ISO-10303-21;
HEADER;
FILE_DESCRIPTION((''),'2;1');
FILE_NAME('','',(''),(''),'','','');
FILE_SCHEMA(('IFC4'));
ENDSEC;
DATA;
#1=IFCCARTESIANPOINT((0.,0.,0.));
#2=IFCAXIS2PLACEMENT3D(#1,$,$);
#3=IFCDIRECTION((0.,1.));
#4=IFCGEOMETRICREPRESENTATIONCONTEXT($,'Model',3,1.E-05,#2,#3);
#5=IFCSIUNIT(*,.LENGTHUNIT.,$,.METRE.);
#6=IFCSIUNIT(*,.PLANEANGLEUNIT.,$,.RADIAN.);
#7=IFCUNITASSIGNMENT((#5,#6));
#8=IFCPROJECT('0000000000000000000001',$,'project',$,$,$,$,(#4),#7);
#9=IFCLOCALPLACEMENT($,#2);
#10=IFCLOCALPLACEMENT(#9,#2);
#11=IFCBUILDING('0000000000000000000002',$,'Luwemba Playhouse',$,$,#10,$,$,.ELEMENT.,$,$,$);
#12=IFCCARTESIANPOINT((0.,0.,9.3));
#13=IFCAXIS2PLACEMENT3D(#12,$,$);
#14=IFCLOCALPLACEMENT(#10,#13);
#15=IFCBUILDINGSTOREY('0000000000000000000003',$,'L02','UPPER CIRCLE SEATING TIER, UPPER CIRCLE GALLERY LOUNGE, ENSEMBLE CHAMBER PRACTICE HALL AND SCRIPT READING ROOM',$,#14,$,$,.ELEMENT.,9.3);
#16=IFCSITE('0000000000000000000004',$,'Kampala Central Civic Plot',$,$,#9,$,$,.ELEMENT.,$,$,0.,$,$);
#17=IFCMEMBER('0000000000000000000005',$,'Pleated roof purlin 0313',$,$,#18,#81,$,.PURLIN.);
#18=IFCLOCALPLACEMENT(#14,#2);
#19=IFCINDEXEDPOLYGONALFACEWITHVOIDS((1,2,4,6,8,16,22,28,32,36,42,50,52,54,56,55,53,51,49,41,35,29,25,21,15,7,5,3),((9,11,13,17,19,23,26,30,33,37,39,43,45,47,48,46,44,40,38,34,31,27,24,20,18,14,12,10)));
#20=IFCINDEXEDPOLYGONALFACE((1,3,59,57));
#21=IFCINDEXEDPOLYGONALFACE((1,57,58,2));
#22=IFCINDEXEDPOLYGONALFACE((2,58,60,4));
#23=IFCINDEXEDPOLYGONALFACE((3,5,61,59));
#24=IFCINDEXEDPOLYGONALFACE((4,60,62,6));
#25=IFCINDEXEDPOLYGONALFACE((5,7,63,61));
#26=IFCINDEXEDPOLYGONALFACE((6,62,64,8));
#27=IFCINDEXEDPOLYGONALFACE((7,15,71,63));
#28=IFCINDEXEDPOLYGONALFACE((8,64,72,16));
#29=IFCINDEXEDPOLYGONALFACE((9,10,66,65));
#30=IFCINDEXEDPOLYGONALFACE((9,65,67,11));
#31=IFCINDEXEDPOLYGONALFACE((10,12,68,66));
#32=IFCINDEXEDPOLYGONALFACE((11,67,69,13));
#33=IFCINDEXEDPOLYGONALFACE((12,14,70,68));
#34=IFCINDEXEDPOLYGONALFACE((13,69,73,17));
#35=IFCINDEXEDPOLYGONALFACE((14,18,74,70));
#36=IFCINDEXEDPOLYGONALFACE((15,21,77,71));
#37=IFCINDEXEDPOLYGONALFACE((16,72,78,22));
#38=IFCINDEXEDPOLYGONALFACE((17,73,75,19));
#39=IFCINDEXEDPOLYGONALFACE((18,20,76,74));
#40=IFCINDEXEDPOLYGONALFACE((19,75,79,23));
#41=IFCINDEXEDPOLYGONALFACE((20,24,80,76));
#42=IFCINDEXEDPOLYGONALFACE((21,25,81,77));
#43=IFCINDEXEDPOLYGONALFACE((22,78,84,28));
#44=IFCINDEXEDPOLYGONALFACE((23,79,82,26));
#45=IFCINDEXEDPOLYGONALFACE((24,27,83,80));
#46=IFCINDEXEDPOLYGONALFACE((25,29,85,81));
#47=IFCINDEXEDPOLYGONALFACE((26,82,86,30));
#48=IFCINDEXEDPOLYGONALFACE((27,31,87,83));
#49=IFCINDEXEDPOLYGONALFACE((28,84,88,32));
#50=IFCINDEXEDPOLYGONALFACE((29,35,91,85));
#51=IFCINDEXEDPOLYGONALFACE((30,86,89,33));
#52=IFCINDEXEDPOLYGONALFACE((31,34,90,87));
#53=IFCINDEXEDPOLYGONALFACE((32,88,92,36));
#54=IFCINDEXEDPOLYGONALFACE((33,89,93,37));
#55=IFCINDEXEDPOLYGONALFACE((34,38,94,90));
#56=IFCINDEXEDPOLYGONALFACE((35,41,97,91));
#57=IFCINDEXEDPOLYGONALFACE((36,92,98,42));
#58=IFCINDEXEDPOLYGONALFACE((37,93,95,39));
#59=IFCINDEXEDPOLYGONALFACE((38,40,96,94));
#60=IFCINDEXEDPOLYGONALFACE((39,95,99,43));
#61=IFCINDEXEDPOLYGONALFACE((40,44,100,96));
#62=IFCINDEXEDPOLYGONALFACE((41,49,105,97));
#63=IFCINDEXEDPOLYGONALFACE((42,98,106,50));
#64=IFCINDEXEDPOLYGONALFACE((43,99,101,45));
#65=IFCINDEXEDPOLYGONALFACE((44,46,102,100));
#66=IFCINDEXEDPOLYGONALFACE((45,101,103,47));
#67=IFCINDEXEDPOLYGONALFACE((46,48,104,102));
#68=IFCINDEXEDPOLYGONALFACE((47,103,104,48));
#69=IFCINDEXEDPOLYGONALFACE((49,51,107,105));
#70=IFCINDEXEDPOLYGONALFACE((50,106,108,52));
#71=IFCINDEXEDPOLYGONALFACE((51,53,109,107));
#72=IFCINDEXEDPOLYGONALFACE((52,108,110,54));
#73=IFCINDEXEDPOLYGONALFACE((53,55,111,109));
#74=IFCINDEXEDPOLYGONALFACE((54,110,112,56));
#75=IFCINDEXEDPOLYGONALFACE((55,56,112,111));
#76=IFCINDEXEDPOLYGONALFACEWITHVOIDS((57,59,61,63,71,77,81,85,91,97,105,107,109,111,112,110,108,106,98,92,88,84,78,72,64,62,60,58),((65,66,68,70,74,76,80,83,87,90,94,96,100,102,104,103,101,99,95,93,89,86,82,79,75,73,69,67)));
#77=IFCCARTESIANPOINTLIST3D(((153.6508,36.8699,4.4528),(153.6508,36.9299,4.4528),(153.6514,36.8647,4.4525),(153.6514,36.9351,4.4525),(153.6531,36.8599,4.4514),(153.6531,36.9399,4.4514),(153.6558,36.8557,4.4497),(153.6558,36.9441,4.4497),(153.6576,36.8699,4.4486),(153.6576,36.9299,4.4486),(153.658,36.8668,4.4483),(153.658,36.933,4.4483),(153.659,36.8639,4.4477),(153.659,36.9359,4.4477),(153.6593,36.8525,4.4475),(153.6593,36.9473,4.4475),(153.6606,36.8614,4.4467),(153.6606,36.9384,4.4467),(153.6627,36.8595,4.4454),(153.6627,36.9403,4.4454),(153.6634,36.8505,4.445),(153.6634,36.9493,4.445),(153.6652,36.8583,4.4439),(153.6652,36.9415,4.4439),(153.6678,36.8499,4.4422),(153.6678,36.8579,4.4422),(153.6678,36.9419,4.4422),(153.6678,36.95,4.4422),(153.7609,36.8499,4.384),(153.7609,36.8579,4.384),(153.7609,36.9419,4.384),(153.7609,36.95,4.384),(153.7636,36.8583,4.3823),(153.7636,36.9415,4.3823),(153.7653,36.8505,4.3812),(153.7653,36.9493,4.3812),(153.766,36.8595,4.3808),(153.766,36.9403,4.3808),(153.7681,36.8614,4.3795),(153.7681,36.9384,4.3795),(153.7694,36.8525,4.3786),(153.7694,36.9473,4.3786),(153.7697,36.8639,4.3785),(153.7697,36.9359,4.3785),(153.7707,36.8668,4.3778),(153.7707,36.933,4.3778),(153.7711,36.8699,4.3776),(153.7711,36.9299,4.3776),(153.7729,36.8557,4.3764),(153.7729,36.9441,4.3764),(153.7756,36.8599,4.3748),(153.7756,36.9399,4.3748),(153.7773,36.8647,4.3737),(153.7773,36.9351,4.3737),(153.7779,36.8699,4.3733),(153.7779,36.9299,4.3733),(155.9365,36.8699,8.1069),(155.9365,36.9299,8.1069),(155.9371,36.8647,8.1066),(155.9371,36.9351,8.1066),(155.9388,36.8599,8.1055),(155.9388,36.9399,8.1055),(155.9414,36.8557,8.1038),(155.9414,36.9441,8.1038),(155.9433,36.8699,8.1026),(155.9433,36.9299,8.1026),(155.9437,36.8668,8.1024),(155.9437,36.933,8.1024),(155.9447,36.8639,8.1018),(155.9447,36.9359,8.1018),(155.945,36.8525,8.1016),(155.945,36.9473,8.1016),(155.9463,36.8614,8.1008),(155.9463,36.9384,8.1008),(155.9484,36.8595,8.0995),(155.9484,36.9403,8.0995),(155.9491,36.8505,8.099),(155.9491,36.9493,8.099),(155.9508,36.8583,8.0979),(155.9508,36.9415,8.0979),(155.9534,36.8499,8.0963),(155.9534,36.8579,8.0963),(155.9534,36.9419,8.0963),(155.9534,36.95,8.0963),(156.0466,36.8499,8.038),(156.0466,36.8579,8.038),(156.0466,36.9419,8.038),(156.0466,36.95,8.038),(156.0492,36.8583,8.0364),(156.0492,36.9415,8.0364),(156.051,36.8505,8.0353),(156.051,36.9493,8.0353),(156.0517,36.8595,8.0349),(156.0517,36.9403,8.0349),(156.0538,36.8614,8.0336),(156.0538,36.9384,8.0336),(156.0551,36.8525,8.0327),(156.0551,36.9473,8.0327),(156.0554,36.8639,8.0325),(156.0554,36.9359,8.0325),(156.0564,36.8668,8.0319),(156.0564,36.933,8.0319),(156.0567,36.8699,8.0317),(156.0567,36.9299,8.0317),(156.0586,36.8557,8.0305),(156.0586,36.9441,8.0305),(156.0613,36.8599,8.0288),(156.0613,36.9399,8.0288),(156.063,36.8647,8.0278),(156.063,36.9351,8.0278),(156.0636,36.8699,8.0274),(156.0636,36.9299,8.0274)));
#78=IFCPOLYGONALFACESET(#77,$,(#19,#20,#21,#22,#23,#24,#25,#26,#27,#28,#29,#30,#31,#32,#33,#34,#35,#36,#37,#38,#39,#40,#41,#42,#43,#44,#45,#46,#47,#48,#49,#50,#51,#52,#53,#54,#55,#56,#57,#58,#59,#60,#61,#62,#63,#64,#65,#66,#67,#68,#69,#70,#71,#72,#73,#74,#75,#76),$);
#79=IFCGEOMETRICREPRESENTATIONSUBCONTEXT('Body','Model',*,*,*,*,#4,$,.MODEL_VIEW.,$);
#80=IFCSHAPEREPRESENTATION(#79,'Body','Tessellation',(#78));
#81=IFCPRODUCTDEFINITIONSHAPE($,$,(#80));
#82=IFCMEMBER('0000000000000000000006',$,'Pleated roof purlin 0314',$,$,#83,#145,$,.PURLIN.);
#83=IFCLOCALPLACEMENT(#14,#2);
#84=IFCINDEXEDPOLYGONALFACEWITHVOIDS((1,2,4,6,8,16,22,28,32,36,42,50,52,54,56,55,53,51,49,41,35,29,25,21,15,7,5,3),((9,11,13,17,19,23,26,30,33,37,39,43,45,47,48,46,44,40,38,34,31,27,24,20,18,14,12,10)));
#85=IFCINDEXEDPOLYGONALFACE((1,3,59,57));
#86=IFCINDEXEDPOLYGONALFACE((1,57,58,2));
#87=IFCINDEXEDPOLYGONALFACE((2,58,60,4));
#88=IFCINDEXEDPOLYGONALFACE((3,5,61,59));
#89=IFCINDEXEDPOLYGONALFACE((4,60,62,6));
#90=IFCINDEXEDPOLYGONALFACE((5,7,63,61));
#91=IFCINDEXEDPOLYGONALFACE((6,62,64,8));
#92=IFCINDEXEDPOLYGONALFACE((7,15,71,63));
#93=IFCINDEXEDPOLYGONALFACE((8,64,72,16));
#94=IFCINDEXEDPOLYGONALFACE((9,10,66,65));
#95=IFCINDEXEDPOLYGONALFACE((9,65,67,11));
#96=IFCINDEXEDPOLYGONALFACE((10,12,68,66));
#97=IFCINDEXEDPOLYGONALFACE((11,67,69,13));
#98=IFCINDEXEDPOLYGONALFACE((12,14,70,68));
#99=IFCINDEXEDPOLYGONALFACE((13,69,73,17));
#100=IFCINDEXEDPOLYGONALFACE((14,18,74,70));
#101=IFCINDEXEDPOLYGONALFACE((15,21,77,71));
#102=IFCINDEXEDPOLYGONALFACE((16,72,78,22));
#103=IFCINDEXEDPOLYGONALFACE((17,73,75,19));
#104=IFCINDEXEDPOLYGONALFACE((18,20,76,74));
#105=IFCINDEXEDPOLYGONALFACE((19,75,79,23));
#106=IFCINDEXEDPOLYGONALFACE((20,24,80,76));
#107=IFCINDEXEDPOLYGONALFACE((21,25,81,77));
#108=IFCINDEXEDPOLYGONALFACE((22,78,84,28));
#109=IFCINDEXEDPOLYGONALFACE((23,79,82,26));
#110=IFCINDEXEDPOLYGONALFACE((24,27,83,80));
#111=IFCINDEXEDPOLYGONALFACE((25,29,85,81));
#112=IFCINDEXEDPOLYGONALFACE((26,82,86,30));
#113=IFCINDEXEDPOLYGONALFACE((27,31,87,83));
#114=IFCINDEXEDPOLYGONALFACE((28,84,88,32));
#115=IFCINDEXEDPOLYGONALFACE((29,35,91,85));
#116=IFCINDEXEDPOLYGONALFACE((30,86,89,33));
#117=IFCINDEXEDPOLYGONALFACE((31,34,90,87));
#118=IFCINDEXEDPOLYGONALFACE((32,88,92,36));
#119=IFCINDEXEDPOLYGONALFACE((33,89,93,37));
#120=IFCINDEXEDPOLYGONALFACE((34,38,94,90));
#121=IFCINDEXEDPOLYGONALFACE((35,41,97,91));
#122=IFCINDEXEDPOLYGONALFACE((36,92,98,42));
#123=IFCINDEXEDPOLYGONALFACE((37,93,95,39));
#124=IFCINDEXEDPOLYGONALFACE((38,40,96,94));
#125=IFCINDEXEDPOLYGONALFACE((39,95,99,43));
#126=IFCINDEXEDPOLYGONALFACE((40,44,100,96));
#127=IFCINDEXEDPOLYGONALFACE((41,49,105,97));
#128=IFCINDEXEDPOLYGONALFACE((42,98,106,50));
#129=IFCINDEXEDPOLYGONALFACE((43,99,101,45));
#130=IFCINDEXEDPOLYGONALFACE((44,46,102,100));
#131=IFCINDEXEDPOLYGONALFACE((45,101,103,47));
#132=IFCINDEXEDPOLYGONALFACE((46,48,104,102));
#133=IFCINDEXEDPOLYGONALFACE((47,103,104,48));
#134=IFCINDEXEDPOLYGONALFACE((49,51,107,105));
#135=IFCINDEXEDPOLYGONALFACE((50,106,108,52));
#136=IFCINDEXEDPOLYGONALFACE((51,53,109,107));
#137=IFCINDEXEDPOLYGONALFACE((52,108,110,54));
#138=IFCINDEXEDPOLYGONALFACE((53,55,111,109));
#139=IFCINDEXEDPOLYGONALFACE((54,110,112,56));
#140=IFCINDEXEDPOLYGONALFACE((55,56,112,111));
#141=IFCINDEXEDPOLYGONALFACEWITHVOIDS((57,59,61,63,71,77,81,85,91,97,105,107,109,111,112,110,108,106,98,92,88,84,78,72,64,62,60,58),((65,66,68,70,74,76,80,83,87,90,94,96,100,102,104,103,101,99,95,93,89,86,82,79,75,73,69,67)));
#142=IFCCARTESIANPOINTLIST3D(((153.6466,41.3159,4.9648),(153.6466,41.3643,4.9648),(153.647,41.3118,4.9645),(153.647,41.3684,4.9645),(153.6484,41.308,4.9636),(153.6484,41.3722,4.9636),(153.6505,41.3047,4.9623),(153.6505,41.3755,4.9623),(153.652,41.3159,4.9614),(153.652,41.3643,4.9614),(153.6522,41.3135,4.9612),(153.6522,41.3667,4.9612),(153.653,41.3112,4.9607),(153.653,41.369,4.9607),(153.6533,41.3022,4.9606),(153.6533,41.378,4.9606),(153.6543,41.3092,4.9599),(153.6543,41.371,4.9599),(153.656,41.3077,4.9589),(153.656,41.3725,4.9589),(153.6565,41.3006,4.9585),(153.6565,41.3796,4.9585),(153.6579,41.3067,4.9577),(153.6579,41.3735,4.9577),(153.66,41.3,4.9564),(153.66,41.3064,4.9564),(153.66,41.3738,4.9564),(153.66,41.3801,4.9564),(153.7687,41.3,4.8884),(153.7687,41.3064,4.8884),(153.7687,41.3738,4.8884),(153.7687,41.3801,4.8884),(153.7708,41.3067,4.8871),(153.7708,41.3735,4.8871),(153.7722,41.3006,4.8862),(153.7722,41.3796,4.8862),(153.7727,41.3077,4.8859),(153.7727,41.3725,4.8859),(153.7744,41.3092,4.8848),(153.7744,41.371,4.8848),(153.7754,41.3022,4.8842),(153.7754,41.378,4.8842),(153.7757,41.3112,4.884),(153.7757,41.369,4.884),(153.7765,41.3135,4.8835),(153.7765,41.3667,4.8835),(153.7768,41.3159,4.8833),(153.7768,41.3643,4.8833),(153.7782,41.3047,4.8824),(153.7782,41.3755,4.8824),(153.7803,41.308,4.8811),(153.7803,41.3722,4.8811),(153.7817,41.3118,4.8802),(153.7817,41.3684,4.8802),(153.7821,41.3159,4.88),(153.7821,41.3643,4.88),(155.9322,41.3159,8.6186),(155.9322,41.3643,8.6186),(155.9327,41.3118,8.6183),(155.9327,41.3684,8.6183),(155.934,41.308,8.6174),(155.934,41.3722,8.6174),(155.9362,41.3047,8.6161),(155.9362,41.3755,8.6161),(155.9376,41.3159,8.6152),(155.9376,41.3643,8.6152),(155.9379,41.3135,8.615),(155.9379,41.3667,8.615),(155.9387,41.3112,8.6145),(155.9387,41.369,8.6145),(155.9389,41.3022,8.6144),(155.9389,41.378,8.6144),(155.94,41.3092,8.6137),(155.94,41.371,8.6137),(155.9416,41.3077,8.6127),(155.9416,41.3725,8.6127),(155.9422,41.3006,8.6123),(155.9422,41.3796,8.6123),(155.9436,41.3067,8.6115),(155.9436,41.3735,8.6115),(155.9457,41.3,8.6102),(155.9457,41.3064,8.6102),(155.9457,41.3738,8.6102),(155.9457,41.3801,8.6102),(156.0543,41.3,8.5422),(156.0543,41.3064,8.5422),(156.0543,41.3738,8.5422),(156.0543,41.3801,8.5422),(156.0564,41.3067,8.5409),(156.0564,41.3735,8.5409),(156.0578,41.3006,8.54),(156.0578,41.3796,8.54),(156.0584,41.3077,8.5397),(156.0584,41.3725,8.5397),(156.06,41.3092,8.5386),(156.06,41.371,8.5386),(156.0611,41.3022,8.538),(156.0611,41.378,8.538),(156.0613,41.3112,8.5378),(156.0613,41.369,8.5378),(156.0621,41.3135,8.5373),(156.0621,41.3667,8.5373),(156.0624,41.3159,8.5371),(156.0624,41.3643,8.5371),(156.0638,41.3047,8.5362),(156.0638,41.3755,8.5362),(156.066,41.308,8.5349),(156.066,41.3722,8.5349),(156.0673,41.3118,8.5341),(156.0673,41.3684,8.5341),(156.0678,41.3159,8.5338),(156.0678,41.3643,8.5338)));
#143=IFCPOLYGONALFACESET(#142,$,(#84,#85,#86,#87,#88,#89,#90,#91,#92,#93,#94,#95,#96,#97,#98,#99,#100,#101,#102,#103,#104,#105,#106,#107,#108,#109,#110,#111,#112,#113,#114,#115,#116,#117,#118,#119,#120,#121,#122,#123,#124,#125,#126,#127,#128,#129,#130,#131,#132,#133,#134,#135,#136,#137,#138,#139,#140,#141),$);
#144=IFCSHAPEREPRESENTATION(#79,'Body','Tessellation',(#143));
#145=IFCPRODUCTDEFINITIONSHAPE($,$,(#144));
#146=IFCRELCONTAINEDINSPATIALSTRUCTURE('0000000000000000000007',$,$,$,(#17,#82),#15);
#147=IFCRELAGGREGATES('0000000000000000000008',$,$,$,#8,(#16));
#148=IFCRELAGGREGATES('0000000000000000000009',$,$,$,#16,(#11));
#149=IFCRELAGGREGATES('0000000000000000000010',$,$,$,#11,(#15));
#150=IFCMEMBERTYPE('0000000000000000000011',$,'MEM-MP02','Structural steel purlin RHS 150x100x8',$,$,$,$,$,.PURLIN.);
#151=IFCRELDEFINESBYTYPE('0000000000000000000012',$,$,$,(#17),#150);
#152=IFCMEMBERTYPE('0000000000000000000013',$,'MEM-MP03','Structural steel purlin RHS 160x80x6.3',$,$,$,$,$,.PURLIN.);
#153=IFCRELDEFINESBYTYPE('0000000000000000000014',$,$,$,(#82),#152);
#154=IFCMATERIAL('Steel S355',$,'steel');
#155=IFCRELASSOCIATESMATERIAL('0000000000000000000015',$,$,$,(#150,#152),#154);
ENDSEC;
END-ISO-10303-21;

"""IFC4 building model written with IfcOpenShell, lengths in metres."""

from ifc_helpers import new_model, si_unit, direction, frame, origin, origin_2d, place, context, subcontext, project, spatial, hollow_rectangle, extrude, material, material_profile, profile_set, type_object, element, save


model = new_model("IFC4")

# Units and contexts
model_context = context("Model", 3, precision=1e-05, world=origin(), true_north=direction((0.0, 1.0)))
body_context = subcontext(model_context, "Body", "Model", "MODEL_VIEW")
ifc_project = project(units=[si_unit("LENGTHUNIT", "METRE"), si_unit("PLANEANGLEUNIT", "RADIAN")], contexts=[model_context])

# Site, building, storey
site_placement = place(None, origin())
site = spatial("IfcSite", under=ifc_project, at=site_placement, Name="Kampala Central Civic Plot", CompositionType="ELEMENT", RefElevation=0.0)
building_placement = place(site_placement, origin())
building = spatial("IfcBuilding", under=site, at=building_placement, Name="Luwemba Playhouse", CompositionType="ELEMENT")
storey_placement = place(building_placement, frame((0.0, 0.0, 9.3)))
storey = spatial("IfcBuildingStorey", under=building, at=storey_placement, Name="L02", Description="UPPER CIRCLE SEATING TIER, UPPER CIRCLE GALLERY LOUNGE, ENSEMBLE CHAMBER PRACTICE HALL AND SCRIPT READING ROOM", CompositionType="ELEMENT", Elevation=9.3)

# Shared definitions
ifc_material_1 = material(Name="Steel S355", Category="steel")

# Members
ifc_material_profile_1 = material_profile(ifc_material_1, hollow_rectangle(XDim=0.1001, YDim=0.1499, WallThickness=0.0081, InnerFilletRadius=0.012, OuterFilletRadius=0.02, at=origin_2d()))
ifc_profile_set_1 = profile_set([ifc_material_profile_1], Name="Steel S355")
member_type_1 = type_object("IfcMemberType", Name="MEM-MP02", Description="Structural steel purlin RHS 150x100x8", PredefinedType="PURLIN", material=ifc_profile_set_1)
member_1_placement = place(storey_placement, frame((153.7144, 36.8999, 4.4131), z_axis=(0.530309, 0.0, 0.847804), x_axis=(0.0, 1.0, 0.0)))
element("IfcMember", 1, at=member_1_placement, inside=storey, type_object=member_type_1, Name="Pleated roof purlin 0313", PredefinedType="PURLIN", context=body_context, shape_type="SweptSolid", body=[
    extrude(hollow_rectangle(XDim=0.1001, YDim=0.1499, WallThickness=0.0081, InnerFilletRadius=0.012, OuterFilletRadius=0.02, at=origin_2d()), origin(), (0.0, 0.0, 1.0), 4.3101),
])
ifc_material_profile_2 = material_profile(ifc_material_1, hollow_rectangle(XDim=0.0801, YDim=0.1599, WallThickness=0.0063, InnerFilletRadius=0.0095, OuterFilletRadius=0.0159, at=origin_2d()))
ifc_profile_set_2 = profile_set([ifc_material_profile_2], Name="Steel S355")
member_type_2 = type_object("IfcMemberType", Name="MEM-MP03", Description="Structural steel purlin RHS 160x80x6.3", PredefinedType="PURLIN", material=ifc_profile_set_2)
member_2_placement = place(storey_placement, frame((153.7144, 41.3401, 4.9224), z_axis=(0.530335, 0.0, 0.847788), x_axis=(0.0, 1.0, 0.0)))
element("IfcMember", 2, at=member_2_placement, inside=storey, type_object=member_type_2, Name="Pleated roof purlin 0314", PredefinedType="PURLIN", context=body_context, shape_type="SweptSolid", body=[
    extrude(hollow_rectangle(XDim=0.0801, YDim=0.1599, WallThickness=0.0063, InnerFilletRadius=0.0095, OuterFilletRadius=0.0159, at=origin_2d()), origin(), (0.0, 0.0, 1.0), 4.3098),
])

save(model, "model.ifc")
